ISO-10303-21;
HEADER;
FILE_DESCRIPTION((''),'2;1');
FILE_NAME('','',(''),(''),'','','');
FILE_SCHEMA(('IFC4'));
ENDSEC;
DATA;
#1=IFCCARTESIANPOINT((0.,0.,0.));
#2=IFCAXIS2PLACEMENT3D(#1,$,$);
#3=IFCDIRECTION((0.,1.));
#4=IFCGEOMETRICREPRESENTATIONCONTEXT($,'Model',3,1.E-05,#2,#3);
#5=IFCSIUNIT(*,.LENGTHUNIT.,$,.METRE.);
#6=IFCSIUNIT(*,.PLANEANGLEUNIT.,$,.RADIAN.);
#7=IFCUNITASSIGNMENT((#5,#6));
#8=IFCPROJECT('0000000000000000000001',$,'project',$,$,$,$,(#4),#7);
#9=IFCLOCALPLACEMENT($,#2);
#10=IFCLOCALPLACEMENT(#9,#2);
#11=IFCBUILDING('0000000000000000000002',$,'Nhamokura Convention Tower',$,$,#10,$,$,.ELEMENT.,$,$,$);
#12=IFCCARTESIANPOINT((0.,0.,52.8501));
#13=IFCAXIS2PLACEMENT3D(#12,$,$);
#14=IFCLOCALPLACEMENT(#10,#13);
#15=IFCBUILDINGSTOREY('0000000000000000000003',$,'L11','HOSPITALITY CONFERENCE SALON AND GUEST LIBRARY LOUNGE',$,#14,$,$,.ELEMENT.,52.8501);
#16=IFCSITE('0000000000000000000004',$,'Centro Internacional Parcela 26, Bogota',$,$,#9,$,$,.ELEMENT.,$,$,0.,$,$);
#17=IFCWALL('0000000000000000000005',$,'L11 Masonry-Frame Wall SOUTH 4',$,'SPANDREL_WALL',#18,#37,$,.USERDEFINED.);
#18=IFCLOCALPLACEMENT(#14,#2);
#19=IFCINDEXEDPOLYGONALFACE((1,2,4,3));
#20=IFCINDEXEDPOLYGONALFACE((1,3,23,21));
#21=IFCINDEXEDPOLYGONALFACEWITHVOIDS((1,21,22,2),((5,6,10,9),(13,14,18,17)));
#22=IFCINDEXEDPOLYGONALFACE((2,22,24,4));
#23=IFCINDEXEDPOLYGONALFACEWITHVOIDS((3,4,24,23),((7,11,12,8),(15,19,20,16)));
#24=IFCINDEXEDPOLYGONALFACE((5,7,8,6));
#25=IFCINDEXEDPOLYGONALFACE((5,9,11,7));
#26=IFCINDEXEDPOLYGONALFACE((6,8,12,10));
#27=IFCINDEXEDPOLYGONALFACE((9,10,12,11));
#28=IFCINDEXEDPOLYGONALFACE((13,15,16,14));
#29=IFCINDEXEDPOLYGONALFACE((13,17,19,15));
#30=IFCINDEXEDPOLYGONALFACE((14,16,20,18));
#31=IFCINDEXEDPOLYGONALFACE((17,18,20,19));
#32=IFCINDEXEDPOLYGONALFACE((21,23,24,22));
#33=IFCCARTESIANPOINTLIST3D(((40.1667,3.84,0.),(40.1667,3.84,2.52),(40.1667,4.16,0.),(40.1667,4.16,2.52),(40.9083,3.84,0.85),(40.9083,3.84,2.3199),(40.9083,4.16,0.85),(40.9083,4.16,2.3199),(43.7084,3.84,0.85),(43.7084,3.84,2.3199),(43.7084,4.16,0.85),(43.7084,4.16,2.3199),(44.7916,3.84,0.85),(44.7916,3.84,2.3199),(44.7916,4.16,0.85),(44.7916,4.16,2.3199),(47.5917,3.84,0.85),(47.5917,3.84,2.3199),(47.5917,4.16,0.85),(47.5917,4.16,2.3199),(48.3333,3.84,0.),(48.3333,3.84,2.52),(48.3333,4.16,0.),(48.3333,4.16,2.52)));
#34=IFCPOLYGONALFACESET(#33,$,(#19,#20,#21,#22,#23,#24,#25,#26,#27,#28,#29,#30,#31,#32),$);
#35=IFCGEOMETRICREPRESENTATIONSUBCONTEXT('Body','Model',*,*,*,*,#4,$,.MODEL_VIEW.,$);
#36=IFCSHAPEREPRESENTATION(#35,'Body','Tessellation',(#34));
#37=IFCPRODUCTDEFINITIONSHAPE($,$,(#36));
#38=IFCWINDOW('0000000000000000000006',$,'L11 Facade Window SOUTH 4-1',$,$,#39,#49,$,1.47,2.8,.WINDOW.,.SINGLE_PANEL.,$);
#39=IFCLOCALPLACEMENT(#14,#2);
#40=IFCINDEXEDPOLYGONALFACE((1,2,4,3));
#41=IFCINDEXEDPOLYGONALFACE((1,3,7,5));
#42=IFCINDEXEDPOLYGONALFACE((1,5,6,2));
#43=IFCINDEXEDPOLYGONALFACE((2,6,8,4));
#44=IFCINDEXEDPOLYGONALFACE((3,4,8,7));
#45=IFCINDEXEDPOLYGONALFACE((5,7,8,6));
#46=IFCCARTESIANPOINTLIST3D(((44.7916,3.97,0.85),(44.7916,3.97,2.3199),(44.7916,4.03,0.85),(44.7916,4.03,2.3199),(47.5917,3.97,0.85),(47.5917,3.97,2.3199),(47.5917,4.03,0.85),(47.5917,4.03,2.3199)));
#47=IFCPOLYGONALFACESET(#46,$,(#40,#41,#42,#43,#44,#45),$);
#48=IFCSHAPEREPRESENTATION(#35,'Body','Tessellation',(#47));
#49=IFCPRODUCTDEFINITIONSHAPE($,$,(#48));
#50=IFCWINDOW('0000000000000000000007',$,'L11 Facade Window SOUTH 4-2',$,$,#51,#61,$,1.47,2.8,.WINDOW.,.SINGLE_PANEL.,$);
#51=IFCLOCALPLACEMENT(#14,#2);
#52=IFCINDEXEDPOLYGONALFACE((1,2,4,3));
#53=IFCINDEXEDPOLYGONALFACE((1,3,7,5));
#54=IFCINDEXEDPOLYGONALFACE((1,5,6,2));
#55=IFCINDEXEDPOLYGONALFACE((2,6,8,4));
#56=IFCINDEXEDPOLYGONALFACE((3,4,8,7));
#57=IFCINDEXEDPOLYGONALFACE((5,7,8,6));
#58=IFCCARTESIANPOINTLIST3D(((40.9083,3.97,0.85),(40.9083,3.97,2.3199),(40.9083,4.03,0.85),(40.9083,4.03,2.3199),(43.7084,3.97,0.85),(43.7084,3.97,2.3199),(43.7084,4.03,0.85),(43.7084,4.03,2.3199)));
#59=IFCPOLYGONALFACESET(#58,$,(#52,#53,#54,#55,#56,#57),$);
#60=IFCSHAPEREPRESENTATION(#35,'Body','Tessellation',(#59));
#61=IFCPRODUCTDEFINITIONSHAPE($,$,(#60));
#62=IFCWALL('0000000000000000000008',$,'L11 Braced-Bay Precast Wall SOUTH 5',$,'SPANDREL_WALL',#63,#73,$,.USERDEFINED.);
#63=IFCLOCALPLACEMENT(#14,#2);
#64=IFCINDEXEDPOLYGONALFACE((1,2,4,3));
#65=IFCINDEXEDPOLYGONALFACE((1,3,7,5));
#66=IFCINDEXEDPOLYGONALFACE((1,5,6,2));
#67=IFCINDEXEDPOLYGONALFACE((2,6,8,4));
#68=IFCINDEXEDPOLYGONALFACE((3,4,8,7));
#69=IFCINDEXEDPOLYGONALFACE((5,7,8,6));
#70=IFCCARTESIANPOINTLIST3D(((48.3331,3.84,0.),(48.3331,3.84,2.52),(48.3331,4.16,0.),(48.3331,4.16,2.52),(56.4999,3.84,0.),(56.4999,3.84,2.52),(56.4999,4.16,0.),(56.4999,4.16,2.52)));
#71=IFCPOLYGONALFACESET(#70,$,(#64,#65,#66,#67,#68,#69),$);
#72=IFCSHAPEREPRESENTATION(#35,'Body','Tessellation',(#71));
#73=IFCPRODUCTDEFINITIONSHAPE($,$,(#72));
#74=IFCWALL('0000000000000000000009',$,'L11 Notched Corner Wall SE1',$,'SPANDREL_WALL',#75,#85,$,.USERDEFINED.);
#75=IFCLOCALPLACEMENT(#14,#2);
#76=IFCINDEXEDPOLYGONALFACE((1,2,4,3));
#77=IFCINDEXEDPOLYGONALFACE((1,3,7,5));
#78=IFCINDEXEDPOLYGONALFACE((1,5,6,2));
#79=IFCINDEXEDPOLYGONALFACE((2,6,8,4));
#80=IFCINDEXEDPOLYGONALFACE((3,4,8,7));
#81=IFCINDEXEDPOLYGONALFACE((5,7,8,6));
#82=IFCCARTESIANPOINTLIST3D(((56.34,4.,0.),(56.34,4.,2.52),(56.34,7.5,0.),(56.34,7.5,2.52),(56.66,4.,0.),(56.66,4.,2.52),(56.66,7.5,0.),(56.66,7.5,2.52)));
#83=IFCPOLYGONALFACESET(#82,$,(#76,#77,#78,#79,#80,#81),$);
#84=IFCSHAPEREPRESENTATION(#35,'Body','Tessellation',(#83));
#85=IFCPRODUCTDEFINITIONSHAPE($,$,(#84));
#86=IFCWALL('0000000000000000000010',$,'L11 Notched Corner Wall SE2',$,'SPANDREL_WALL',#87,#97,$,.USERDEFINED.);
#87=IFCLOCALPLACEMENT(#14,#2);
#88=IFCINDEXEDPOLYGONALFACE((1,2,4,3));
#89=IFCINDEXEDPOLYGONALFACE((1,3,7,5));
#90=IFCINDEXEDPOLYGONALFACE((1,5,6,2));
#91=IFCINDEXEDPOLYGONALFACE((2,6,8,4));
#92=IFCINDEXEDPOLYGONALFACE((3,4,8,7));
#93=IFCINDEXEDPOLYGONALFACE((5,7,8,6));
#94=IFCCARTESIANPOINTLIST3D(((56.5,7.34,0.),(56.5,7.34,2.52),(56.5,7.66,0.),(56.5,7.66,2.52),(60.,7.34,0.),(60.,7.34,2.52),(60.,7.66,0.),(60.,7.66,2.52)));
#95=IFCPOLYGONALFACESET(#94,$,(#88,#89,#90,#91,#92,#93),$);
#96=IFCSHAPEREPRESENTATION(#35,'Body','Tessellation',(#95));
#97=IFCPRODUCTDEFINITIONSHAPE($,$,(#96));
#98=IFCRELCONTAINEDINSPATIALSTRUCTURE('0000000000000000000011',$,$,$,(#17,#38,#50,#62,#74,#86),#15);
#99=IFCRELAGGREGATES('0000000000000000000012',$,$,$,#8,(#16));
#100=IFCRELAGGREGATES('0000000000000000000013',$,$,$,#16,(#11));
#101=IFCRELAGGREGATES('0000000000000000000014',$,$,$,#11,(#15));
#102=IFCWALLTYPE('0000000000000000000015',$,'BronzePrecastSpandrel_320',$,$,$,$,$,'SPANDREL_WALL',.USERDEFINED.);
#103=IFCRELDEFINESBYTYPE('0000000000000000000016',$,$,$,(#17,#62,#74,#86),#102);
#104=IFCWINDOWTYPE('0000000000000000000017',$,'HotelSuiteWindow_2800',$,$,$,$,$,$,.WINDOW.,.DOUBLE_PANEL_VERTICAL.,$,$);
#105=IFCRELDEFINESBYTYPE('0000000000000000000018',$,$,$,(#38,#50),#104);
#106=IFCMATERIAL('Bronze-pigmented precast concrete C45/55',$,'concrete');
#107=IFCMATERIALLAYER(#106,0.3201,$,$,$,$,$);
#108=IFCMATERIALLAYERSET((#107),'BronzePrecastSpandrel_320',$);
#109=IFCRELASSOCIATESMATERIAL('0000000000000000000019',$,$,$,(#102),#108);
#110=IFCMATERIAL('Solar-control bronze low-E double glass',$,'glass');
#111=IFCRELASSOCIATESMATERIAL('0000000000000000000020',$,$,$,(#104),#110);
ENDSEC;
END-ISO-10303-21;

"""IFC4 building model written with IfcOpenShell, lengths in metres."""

from ifc_helpers import new_model, si_unit, direction, frame, frame_2d, origin, place, context, subcontext, project, spatial, rectangle, extrude, material, layer, layer_set, type_object, element, fill, save


model = new_model("IFC4")

# Units and contexts
model_context = context("Model", 3, precision=1e-05, world=origin(), true_north=direction((0.0, 1.0)))
body_context = subcontext(model_context, "Body", "Model", "MODEL_VIEW")
ifc_project = project(units=[si_unit("LENGTHUNIT", "METRE"), si_unit("PLANEANGLEUNIT", "RADIAN")], contexts=[model_context])

# Site, building, storey
site_placement = place(None, origin())
site = spatial("IfcSite", under=ifc_project, at=site_placement, Name="Centro Internacional Parcela 26, Bogota", CompositionType="ELEMENT", RefElevation=0.0)
building_placement = place(site_placement, origin())
building = spatial("IfcBuilding", under=site, at=building_placement, Name="Nhamokura Convention Tower", CompositionType="ELEMENT")
storey_placement = place(building_placement, frame((0.0, 0.0, 52.8501)))
storey = spatial("IfcBuildingStorey", under=building, at=storey_placement, Name="L11", Description="HOSPITALITY CONFERENCE SALON AND GUEST LIBRARY LOUNGE", CompositionType="ELEMENT", Elevation=52.8501)

# Wall, openings, windows
ifc_material_1 = material(Name="Bronze-pigmented precast concrete C45/55", Category="concrete")
ifc_layer = layer(ifc_material_1, 0.3201)
ifc_layer_set = layer_set([ifc_layer], Name="BronzePrecastSpandrel_320")
wall_type = type_object("IfcWallType", Name="BronzePrecastSpandrel_320", ElementType="SPANDREL_WALL", PredefinedType="USERDEFINED", material=ifc_layer_set)
wall_1_placement = place(storey_placement, frame((48.3333, 4.0, 0.0), z_axis=(0.0, 0.0, 1.0), x_axis=(-1.0, 0.0, 0.0)))
wall_1 = element("IfcWall", 1, at=wall_1_placement, inside=storey, type_object=wall_type, Name="L11 Masonry-Frame Wall SOUTH 4", ObjectType="SPANDREL_WALL", PredefinedType="USERDEFINED", context=body_context, shape_type="SweptSolid", body=[
    extrude(rectangle(XDim=8.1665, YDim=0.3201, at=frame_2d((4.0833, 0.0))), origin(), (0.0, 0.0, 1.0), 2.52),
])
opening_1_placement = place(wall_1_placement, frame((0.7417, 0.0, 0.8501)))
opening_1 = element("IfcOpeningElement", 2, at=opening_1_placement, cuts=wall_1, PredefinedType="OPENING", context=body_context, shape_type="SweptSolid", body=[
    extrude(rectangle(XDim=2.8, YDim=1.47, at=frame_2d((1.3999, 0.7349))), frame((0.0, 0.1699, 0.0), z_axis=(0.0, -1.0, 0.0), x_axis=(1.0, 0.0, 0.0)), (0.0, 0.0, 1.0), 0.3401),
])
opening_2_placement = place(wall_1_placement, frame((4.625, 0.0, 0.8501)))
opening_2 = element("IfcOpeningElement", 3, at=opening_2_placement, cuts=wall_1, PredefinedType="OPENING", context=body_context, shape_type="SweptSolid", body=[
    extrude(rectangle(XDim=2.8, YDim=1.47, at=frame_2d((1.3999, 0.7349))), frame((0.0, 0.1699, 0.0), z_axis=(0.0, -1.0, 0.0), x_axis=(1.0, 0.0, 0.0)), (0.0, 0.0, 1.0), 0.3401),
])
ifc_material_2 = material(Name="Solar-control bronze low-E double glass", Category="glass")
window_type = type_object("IfcWindowType", Name="HotelSuiteWindow_2800", PartitioningType="DOUBLE_PANEL_VERTICAL", PredefinedType="WINDOW", material=ifc_material_2)
window_1_placement = place(opening_1_placement, origin())
window_1 = element("IfcWindow", 4, at=window_1_placement, inside=storey, type_object=window_type, Name="L11 Facade Window SOUTH 4-1", OverallHeight=1.47, OverallWidth=2.8, PartitioningType="SINGLE_PANEL", PredefinedType="WINDOW", context=body_context, shape_type="SweptSolid", body=[
    extrude(rectangle(XDim=2.8, YDim=1.47, at=frame_2d((1.3999, 0.7349))), frame((0.0, 0.03, 0.0), z_axis=(0.0, -1.0, 0.0), x_axis=(1.0, 0.0, 0.0)), (0.0, 0.0, 1.0), 0.0601),
])
fill(opening_1, window_1)
window_2_placement = place(opening_2_placement, origin())
window_2 = element("IfcWindow", 5, at=window_2_placement, inside=storey, type_object=window_type, Name="L11 Facade Window SOUTH 4-2", OverallHeight=1.47, OverallWidth=2.8, PartitioningType="SINGLE_PANEL", PredefinedType="WINDOW", context=body_context, shape_type="SweptSolid", body=[
    extrude(rectangle(XDim=2.8, YDim=1.47, at=frame_2d((1.3999, 0.7349))), frame((0.0, 0.03, 0.0), z_axis=(0.0, -1.0, 0.0), x_axis=(1.0, 0.0, 0.0)), (0.0, 0.0, 1.0), 0.0601),
])
fill(opening_2, window_2)

# Walls
wall_2_placement = place(storey_placement, frame((56.5, 4.0, 0.0), z_axis=(0.0, 0.0, 1.0), x_axis=(-1.0, 0.0, 0.0)))
element("IfcWall", 6, at=wall_2_placement, inside=storey, type_object=wall_type, Name="L11 Braced-Bay Precast Wall SOUTH 5", ObjectType="SPANDREL_WALL", PredefinedType="USERDEFINED", context=body_context, shape_type="SweptSolid", body=[
    extrude(rectangle(XDim=8.1667, YDim=0.3201, at=frame_2d((4.0835, 0.0))), origin(), (0.0, 0.0, 1.0), 2.52),
])
for number, where, z_axis, x_axis, name in (
    (7, (56.5, 7.5, 0.0), (0.0, 0.0, 1.0), (0.0, -1.0, 0.0), "L11 Notched Corner Wall SE1"),
    (8, (60.0, 7.5, 0.0), (0.0, 0.0, 1.0), (-1.0, 0.0, 0.0), "L11 Notched Corner Wall SE2"),
):
    element("IfcWall", number, at=place(storey_placement, frame(where, z_axis=z_axis, x_axis=x_axis)), inside=storey, type_object=wall_type, Name=name, ObjectType="SPANDREL_WALL", PredefinedType="USERDEFINED", context=body_context, shape_type="SweptSolid", body=[
        extrude(rectangle(XDim=3.5, YDim=0.3201, at=frame_2d((1.75, 0.0))), origin(), (0.0, 0.0, 1.0), 2.52),
    ])

save(model, "model.ifc")
